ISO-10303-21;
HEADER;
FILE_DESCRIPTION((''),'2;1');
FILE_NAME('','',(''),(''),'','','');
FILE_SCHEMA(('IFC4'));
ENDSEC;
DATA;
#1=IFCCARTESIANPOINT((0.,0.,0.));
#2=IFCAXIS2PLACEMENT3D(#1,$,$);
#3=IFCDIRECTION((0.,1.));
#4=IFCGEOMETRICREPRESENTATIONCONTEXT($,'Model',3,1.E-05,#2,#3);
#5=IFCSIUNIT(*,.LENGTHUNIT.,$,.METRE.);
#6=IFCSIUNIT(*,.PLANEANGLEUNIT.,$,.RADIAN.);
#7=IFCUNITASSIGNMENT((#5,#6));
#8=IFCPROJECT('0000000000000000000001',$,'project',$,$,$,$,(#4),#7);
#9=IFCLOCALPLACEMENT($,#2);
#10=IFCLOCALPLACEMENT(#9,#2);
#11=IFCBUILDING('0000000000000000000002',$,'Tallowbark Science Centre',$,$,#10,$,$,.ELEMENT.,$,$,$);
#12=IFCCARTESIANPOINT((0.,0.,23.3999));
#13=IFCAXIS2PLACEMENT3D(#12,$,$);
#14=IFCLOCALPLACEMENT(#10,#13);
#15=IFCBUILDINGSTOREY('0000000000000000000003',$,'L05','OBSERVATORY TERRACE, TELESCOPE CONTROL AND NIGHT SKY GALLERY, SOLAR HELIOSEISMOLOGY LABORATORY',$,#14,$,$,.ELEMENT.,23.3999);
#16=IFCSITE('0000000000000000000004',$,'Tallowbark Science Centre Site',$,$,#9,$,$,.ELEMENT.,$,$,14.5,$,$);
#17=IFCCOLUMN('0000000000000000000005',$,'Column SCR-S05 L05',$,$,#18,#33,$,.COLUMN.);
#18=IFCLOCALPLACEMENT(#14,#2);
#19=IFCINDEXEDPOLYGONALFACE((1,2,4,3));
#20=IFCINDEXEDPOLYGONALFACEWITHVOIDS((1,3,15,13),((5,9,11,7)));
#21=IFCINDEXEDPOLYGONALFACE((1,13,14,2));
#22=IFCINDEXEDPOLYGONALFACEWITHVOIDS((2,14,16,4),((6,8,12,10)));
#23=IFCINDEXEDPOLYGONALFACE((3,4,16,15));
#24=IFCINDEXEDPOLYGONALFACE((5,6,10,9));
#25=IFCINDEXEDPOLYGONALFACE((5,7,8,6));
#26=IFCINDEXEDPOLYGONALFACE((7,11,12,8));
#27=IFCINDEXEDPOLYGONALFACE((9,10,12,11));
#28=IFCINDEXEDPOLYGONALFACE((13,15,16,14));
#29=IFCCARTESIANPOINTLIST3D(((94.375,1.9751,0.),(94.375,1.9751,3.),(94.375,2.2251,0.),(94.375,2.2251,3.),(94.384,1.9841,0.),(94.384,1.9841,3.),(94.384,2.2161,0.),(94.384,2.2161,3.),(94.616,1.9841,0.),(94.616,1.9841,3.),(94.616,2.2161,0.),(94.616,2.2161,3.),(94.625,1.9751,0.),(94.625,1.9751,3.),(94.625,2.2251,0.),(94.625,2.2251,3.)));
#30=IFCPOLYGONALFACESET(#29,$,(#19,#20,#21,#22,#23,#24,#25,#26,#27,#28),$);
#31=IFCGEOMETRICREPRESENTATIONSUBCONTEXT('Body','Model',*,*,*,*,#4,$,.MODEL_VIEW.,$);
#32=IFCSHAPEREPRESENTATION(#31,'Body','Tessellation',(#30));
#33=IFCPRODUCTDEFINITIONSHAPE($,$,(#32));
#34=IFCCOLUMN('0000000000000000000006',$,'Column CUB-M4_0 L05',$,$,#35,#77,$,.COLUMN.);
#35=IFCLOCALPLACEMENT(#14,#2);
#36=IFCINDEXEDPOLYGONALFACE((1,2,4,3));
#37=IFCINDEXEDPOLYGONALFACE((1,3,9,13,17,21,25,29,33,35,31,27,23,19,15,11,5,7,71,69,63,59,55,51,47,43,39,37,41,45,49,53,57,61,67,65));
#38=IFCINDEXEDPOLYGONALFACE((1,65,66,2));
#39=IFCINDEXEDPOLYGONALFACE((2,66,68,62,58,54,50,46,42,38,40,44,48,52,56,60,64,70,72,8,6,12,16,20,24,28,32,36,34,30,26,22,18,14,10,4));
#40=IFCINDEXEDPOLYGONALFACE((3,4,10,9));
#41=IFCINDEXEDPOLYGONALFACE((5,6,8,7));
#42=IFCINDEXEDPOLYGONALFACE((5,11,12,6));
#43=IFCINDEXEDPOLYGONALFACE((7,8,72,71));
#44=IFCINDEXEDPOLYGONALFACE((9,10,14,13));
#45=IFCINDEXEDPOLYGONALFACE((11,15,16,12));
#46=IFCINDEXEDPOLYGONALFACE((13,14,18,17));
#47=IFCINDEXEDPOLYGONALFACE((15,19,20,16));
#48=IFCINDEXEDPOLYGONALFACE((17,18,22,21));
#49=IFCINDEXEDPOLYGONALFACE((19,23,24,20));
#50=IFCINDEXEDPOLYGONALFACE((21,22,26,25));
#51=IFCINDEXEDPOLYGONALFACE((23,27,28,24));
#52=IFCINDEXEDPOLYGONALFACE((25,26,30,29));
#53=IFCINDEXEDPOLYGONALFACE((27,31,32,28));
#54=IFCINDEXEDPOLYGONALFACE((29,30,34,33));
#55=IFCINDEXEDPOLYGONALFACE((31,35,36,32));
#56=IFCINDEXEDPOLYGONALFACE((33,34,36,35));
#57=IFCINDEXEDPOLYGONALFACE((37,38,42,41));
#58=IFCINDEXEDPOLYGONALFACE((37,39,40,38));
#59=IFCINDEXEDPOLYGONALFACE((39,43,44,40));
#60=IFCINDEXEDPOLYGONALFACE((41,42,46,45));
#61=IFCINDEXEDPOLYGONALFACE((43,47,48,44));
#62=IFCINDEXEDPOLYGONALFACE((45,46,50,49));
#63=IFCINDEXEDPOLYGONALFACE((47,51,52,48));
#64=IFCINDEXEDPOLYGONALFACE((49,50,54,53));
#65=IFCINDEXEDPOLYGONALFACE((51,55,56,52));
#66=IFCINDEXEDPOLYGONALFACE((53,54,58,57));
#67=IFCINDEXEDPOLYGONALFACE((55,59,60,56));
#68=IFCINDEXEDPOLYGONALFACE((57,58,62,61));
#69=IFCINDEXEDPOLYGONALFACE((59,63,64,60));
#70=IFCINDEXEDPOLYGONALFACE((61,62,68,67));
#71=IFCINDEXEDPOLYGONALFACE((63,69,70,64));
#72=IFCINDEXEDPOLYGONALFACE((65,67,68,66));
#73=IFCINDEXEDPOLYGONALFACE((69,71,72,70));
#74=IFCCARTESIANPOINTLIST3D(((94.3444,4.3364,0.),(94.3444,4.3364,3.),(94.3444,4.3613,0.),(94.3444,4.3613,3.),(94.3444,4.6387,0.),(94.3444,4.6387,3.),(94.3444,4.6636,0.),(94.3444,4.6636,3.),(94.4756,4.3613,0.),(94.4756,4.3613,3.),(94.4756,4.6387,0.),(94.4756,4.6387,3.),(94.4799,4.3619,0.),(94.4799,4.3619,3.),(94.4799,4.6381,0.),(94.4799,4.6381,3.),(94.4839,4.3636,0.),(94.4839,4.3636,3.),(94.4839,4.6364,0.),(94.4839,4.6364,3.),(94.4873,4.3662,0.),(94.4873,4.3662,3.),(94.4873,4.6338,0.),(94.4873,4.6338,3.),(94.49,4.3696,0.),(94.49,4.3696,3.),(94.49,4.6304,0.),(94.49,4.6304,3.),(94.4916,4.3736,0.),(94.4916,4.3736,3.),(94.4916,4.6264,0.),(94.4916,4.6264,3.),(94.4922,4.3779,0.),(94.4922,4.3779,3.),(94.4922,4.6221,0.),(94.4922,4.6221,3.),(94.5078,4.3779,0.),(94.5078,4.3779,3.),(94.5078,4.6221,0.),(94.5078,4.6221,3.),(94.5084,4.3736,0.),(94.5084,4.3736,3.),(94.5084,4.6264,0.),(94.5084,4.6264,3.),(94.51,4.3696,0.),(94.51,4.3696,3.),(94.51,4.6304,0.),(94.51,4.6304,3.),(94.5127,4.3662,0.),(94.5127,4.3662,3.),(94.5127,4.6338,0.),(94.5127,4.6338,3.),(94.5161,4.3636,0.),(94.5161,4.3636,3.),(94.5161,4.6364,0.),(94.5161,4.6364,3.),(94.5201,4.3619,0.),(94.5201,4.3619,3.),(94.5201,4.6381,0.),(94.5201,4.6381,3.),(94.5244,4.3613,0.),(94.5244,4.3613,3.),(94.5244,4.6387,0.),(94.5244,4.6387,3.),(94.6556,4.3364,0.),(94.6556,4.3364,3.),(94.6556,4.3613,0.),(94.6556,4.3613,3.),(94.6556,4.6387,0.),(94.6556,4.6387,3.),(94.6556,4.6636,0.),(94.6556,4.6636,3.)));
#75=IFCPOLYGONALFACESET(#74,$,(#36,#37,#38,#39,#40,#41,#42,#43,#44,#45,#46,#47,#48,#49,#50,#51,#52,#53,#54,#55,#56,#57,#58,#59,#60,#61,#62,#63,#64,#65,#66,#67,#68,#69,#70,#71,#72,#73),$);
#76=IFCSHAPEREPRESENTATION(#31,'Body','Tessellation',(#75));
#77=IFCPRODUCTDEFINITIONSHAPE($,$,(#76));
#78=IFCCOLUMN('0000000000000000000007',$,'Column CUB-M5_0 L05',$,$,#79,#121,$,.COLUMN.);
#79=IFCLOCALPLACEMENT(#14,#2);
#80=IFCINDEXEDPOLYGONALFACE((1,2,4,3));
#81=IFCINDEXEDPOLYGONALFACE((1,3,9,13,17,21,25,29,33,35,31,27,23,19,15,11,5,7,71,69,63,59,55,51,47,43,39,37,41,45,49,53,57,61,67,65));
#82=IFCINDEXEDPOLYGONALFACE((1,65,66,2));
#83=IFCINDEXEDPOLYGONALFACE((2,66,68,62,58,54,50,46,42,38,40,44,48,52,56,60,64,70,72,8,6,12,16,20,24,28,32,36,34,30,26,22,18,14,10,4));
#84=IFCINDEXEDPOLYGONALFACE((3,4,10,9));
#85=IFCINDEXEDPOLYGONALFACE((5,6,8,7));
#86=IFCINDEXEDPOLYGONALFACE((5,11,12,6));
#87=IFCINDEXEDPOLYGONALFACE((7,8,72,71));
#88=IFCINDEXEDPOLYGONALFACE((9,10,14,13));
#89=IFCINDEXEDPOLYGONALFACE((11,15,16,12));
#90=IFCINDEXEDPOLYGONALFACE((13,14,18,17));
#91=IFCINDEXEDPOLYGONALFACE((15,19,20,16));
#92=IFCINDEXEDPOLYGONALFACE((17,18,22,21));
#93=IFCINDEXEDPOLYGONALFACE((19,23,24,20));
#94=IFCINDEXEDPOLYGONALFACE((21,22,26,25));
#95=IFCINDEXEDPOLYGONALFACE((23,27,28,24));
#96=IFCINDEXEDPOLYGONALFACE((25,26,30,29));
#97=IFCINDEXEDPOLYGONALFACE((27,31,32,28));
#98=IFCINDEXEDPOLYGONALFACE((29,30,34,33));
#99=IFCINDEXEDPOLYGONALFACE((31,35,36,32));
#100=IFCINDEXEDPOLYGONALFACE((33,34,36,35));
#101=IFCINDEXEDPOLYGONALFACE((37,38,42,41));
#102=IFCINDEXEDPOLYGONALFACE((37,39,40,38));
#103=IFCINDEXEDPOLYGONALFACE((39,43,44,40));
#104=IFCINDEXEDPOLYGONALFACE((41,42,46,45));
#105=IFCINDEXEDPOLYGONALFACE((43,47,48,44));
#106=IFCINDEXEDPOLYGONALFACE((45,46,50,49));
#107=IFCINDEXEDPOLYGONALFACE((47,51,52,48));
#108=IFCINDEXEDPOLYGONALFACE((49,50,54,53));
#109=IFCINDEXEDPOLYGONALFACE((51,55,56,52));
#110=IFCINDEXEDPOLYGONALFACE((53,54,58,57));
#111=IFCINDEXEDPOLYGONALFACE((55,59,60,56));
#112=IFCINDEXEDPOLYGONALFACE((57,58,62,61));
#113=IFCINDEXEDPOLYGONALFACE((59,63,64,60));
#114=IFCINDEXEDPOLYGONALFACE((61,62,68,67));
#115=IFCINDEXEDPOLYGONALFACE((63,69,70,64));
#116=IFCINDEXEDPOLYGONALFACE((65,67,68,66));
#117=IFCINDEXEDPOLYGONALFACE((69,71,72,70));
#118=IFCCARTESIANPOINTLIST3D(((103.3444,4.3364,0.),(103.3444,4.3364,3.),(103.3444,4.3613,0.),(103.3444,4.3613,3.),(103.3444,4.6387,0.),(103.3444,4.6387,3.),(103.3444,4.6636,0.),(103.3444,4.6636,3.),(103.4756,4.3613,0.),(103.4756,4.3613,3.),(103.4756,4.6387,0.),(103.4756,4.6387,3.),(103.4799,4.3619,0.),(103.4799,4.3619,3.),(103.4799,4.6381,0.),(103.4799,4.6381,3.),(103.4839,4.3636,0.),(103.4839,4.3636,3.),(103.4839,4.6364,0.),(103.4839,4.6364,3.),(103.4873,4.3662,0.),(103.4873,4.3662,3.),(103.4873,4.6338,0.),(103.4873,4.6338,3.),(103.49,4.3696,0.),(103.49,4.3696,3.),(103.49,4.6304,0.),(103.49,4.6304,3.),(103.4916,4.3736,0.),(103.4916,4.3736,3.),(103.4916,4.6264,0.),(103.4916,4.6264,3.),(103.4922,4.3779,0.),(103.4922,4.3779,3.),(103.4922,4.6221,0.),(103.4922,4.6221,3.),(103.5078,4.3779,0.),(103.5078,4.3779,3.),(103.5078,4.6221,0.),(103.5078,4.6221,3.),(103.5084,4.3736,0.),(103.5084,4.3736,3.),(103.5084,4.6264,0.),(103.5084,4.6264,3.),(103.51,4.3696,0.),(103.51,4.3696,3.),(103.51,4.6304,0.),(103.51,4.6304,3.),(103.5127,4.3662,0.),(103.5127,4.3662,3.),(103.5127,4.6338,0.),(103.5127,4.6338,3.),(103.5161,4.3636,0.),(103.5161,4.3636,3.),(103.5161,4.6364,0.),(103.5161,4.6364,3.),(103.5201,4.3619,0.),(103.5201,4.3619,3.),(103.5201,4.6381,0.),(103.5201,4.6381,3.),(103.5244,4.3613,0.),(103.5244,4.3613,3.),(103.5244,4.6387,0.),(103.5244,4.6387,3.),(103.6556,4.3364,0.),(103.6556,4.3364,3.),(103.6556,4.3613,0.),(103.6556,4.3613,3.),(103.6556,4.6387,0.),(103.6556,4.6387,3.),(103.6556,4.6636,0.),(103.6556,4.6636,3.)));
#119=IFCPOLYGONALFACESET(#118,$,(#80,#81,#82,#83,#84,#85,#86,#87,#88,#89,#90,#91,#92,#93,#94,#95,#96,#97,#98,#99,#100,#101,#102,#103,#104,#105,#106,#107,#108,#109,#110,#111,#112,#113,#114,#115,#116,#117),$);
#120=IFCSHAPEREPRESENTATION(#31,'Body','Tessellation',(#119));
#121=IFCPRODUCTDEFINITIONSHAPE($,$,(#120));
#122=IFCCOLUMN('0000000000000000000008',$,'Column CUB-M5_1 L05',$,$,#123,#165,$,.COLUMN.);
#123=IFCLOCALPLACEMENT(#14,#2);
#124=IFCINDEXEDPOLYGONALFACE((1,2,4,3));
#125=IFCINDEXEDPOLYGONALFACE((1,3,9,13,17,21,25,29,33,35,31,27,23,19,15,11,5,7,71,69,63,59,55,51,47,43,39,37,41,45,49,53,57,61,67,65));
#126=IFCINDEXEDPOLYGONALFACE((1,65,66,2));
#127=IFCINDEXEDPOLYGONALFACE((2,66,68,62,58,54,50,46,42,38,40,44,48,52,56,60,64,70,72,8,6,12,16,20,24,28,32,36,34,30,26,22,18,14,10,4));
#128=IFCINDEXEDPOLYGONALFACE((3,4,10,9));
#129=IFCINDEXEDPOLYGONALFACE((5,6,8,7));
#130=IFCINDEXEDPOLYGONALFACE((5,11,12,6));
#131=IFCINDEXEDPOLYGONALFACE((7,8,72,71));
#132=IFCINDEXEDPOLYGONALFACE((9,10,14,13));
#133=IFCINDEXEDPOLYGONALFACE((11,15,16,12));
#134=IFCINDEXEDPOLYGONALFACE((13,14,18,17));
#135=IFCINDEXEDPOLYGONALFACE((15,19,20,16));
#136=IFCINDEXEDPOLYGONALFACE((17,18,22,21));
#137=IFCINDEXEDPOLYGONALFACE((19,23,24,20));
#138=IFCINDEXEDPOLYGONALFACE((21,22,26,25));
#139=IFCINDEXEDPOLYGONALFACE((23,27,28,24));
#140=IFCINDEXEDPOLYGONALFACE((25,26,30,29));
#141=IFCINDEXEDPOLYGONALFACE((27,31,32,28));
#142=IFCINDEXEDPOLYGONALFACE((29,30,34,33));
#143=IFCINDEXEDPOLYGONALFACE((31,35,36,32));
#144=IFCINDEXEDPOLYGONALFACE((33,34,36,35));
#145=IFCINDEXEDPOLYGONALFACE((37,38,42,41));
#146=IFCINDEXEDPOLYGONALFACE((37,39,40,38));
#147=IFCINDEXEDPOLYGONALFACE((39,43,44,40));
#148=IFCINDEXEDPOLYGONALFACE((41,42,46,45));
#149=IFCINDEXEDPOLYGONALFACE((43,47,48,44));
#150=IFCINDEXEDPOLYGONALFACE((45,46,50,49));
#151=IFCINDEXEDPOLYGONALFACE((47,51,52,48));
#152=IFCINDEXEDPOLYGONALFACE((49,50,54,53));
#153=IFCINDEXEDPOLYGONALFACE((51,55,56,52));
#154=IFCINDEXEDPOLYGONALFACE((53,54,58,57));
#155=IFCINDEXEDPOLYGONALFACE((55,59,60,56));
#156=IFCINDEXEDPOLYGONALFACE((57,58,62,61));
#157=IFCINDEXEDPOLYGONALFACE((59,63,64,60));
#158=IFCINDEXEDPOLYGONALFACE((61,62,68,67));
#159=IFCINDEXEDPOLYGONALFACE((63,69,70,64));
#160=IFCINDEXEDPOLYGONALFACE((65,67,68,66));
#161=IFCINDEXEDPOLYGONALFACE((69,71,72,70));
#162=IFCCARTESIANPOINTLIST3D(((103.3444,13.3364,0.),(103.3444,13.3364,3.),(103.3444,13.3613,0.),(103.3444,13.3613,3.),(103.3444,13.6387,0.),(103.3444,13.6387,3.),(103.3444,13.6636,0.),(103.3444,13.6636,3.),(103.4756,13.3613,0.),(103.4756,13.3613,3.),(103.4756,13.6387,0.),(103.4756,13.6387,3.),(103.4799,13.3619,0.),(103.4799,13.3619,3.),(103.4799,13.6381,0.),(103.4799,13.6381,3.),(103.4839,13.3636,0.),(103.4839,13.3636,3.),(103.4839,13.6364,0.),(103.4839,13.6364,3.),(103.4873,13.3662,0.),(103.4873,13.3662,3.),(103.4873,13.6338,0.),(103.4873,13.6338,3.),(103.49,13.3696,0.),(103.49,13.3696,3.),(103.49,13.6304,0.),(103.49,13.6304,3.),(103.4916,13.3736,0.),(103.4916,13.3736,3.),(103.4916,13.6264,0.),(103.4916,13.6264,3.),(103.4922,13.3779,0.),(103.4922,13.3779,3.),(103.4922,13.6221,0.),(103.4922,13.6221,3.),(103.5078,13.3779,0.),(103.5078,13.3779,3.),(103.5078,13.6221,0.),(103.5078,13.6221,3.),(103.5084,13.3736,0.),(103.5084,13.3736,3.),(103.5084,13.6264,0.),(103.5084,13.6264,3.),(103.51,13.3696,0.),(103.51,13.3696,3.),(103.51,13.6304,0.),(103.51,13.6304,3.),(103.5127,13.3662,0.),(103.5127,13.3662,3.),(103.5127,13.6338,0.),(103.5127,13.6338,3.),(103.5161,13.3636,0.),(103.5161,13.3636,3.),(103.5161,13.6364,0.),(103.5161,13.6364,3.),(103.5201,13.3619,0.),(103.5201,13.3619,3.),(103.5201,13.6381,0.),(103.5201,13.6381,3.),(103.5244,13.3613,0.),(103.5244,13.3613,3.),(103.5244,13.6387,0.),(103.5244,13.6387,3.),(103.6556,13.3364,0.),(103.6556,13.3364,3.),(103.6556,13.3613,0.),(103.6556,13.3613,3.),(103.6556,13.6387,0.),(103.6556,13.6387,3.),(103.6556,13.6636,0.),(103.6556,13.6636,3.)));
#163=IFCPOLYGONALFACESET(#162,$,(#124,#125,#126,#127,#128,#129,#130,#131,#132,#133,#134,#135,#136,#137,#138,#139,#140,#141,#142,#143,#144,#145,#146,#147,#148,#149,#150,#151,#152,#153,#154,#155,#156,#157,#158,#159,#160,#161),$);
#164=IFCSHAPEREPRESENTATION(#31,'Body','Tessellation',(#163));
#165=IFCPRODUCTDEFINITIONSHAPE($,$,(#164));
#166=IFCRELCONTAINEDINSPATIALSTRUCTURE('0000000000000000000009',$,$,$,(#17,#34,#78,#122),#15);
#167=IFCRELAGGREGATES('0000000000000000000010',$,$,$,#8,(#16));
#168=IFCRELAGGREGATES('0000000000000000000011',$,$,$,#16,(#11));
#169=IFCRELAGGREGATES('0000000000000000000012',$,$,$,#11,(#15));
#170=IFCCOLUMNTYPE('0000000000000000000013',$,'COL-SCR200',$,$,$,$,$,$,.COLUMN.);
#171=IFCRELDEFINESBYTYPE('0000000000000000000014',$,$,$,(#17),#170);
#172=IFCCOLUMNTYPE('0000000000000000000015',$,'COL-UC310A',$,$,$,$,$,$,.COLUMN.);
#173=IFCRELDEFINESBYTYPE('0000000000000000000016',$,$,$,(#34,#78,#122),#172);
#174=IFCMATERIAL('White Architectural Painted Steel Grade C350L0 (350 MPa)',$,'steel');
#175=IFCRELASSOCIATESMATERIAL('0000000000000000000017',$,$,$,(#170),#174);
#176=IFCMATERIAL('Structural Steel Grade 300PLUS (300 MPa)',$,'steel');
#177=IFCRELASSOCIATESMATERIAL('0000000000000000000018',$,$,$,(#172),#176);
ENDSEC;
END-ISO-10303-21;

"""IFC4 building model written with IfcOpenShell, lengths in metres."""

from ifc_helpers import new_model, si_unit, direction, frame, origin, origin_2d, place, context, subcontext, project, spatial, hollow_rectangle, i_section, extrude, material, material_profile, profile_set, type_object, element, save


model = new_model("IFC4")

# Units and contexts
model_context = context("Model", 3, precision=1e-05, world=origin(), true_north=direction((0.0, 1.0)))
body_context = subcontext(model_context, "Body", "Model", "MODEL_VIEW")
ifc_project = project(units=[si_unit("LENGTHUNIT", "METRE"), si_unit("PLANEANGLEUNIT", "RADIAN")], contexts=[model_context])

# Site, building, storey
site_placement = place(None, origin())
site = spatial("IfcSite", under=ifc_project, at=site_placement, Name="Tallowbark Science Centre Site", CompositionType="ELEMENT", RefElevation=14.5)
building_placement = place(site_placement, origin())
building = spatial("IfcBuilding", under=site, at=building_placement, Name="Tallowbark Science Centre", CompositionType="ELEMENT")
storey_placement = place(building_placement, frame((0.0, 0.0, 23.3999)))
storey = spatial("IfcBuildingStorey", under=building, at=storey_placement, Name="L05", Description="OBSERVATORY TERRACE, TELESCOPE CONTROL AND NIGHT SKY GALLERY, SOLAR HELIOSEISMOLOGY LABORATORY", CompositionType="ELEMENT", Elevation=23.3999)

# Columns
ifc_material_1 = material(Name="White Architectural Painted Steel Grade C350L0 (350 MPa)", Category="steel")
ifc_material_profile_1 = material_profile(ifc_material_1, hollow_rectangle(XDim=0.25, YDim=0.25, WallThickness=0.009, at=origin_2d()), Name="250x250x9.0SHS")
ifc_profile_set_1 = profile_set([ifc_material_profile_1], Name="White Architectural Painted Steel Grade C350L0 (350 MPa)")
column_type_1 = type_object("IfcColumnType", Name="COL-SCR200", PredefinedType="COLUMN", material=ifc_profile_set_1)
column_placement = place(storey_placement, frame((94.5, 2.1001, 0.0), z_axis=(0.0, 0.0, 1.0), x_axis=(1.0, 0.0, 0.0)))
element("IfcColumn", 1, at=column_placement, inside=storey, type_object=column_type_1, Name="Column SCR-S05 L05", PredefinedType="COLUMN", context=body_context, shape_type="SweptSolid", body=[
    extrude(hollow_rectangle(XDim=0.25, YDim=0.25, WallThickness=0.009, at=origin_2d()), origin(), (0.0, 0.0, 1.0), 3.0),
])
ifc_material_2 = material(Name="Structural Steel Grade 300PLUS (300 MPa)", Category="steel")
ifc_material_profile_2 = material_profile(ifc_material_2, i_section(OverallWidth=0.3113, OverallDepth=0.3271, WebThickness=0.0156, FlangeThickness=0.0249, FilletRadius=0.0166, at=origin_2d()), Name="310UC158")
ifc_profile_set_2 = profile_set([ifc_material_profile_2], Name="Structural Steel Grade 300PLUS (300 MPa)")
column_type_2 = type_object("IfcColumnType", Name="COL-UC310A", PredefinedType="COLUMN", material=ifc_profile_set_2)
for number, where, z_axis, x_axis, name in (
    (2, (94.5, 4.5, 0.0), (0.0, 0.0, 1.0), (1.0, 0.0, 0.0), "Column CUB-M4_0 L05"),
    (3, (103.5, 4.5, 0.0), (0.0, 0.0, 1.0), (1.0, 0.0, 0.0), "Column CUB-M5_0 L05"),
    (4, (103.5, 13.5, 0.0), (0.0, 0.0, 1.0), (1.0, 0.0, 0.0), "Column CUB-M5_1 L05"),
):
    element("IfcColumn", number, at=place(storey_placement, frame(where, z_axis=z_axis, x_axis=x_axis)), inside=storey, type_object=column_type_2, Name=name, PredefinedType="COLUMN", context=body_context, shape_type="SweptSolid", body=[
        extrude(i_section(OverallWidth=0.3113, OverallDepth=0.3271, WebThickness=0.0156, FlangeThickness=0.0249, FilletRadius=0.0166, at=origin_2d()), origin(), (0.0, 0.0, 1.0), 3.0),
    ])

save(model, "model.ifc")
